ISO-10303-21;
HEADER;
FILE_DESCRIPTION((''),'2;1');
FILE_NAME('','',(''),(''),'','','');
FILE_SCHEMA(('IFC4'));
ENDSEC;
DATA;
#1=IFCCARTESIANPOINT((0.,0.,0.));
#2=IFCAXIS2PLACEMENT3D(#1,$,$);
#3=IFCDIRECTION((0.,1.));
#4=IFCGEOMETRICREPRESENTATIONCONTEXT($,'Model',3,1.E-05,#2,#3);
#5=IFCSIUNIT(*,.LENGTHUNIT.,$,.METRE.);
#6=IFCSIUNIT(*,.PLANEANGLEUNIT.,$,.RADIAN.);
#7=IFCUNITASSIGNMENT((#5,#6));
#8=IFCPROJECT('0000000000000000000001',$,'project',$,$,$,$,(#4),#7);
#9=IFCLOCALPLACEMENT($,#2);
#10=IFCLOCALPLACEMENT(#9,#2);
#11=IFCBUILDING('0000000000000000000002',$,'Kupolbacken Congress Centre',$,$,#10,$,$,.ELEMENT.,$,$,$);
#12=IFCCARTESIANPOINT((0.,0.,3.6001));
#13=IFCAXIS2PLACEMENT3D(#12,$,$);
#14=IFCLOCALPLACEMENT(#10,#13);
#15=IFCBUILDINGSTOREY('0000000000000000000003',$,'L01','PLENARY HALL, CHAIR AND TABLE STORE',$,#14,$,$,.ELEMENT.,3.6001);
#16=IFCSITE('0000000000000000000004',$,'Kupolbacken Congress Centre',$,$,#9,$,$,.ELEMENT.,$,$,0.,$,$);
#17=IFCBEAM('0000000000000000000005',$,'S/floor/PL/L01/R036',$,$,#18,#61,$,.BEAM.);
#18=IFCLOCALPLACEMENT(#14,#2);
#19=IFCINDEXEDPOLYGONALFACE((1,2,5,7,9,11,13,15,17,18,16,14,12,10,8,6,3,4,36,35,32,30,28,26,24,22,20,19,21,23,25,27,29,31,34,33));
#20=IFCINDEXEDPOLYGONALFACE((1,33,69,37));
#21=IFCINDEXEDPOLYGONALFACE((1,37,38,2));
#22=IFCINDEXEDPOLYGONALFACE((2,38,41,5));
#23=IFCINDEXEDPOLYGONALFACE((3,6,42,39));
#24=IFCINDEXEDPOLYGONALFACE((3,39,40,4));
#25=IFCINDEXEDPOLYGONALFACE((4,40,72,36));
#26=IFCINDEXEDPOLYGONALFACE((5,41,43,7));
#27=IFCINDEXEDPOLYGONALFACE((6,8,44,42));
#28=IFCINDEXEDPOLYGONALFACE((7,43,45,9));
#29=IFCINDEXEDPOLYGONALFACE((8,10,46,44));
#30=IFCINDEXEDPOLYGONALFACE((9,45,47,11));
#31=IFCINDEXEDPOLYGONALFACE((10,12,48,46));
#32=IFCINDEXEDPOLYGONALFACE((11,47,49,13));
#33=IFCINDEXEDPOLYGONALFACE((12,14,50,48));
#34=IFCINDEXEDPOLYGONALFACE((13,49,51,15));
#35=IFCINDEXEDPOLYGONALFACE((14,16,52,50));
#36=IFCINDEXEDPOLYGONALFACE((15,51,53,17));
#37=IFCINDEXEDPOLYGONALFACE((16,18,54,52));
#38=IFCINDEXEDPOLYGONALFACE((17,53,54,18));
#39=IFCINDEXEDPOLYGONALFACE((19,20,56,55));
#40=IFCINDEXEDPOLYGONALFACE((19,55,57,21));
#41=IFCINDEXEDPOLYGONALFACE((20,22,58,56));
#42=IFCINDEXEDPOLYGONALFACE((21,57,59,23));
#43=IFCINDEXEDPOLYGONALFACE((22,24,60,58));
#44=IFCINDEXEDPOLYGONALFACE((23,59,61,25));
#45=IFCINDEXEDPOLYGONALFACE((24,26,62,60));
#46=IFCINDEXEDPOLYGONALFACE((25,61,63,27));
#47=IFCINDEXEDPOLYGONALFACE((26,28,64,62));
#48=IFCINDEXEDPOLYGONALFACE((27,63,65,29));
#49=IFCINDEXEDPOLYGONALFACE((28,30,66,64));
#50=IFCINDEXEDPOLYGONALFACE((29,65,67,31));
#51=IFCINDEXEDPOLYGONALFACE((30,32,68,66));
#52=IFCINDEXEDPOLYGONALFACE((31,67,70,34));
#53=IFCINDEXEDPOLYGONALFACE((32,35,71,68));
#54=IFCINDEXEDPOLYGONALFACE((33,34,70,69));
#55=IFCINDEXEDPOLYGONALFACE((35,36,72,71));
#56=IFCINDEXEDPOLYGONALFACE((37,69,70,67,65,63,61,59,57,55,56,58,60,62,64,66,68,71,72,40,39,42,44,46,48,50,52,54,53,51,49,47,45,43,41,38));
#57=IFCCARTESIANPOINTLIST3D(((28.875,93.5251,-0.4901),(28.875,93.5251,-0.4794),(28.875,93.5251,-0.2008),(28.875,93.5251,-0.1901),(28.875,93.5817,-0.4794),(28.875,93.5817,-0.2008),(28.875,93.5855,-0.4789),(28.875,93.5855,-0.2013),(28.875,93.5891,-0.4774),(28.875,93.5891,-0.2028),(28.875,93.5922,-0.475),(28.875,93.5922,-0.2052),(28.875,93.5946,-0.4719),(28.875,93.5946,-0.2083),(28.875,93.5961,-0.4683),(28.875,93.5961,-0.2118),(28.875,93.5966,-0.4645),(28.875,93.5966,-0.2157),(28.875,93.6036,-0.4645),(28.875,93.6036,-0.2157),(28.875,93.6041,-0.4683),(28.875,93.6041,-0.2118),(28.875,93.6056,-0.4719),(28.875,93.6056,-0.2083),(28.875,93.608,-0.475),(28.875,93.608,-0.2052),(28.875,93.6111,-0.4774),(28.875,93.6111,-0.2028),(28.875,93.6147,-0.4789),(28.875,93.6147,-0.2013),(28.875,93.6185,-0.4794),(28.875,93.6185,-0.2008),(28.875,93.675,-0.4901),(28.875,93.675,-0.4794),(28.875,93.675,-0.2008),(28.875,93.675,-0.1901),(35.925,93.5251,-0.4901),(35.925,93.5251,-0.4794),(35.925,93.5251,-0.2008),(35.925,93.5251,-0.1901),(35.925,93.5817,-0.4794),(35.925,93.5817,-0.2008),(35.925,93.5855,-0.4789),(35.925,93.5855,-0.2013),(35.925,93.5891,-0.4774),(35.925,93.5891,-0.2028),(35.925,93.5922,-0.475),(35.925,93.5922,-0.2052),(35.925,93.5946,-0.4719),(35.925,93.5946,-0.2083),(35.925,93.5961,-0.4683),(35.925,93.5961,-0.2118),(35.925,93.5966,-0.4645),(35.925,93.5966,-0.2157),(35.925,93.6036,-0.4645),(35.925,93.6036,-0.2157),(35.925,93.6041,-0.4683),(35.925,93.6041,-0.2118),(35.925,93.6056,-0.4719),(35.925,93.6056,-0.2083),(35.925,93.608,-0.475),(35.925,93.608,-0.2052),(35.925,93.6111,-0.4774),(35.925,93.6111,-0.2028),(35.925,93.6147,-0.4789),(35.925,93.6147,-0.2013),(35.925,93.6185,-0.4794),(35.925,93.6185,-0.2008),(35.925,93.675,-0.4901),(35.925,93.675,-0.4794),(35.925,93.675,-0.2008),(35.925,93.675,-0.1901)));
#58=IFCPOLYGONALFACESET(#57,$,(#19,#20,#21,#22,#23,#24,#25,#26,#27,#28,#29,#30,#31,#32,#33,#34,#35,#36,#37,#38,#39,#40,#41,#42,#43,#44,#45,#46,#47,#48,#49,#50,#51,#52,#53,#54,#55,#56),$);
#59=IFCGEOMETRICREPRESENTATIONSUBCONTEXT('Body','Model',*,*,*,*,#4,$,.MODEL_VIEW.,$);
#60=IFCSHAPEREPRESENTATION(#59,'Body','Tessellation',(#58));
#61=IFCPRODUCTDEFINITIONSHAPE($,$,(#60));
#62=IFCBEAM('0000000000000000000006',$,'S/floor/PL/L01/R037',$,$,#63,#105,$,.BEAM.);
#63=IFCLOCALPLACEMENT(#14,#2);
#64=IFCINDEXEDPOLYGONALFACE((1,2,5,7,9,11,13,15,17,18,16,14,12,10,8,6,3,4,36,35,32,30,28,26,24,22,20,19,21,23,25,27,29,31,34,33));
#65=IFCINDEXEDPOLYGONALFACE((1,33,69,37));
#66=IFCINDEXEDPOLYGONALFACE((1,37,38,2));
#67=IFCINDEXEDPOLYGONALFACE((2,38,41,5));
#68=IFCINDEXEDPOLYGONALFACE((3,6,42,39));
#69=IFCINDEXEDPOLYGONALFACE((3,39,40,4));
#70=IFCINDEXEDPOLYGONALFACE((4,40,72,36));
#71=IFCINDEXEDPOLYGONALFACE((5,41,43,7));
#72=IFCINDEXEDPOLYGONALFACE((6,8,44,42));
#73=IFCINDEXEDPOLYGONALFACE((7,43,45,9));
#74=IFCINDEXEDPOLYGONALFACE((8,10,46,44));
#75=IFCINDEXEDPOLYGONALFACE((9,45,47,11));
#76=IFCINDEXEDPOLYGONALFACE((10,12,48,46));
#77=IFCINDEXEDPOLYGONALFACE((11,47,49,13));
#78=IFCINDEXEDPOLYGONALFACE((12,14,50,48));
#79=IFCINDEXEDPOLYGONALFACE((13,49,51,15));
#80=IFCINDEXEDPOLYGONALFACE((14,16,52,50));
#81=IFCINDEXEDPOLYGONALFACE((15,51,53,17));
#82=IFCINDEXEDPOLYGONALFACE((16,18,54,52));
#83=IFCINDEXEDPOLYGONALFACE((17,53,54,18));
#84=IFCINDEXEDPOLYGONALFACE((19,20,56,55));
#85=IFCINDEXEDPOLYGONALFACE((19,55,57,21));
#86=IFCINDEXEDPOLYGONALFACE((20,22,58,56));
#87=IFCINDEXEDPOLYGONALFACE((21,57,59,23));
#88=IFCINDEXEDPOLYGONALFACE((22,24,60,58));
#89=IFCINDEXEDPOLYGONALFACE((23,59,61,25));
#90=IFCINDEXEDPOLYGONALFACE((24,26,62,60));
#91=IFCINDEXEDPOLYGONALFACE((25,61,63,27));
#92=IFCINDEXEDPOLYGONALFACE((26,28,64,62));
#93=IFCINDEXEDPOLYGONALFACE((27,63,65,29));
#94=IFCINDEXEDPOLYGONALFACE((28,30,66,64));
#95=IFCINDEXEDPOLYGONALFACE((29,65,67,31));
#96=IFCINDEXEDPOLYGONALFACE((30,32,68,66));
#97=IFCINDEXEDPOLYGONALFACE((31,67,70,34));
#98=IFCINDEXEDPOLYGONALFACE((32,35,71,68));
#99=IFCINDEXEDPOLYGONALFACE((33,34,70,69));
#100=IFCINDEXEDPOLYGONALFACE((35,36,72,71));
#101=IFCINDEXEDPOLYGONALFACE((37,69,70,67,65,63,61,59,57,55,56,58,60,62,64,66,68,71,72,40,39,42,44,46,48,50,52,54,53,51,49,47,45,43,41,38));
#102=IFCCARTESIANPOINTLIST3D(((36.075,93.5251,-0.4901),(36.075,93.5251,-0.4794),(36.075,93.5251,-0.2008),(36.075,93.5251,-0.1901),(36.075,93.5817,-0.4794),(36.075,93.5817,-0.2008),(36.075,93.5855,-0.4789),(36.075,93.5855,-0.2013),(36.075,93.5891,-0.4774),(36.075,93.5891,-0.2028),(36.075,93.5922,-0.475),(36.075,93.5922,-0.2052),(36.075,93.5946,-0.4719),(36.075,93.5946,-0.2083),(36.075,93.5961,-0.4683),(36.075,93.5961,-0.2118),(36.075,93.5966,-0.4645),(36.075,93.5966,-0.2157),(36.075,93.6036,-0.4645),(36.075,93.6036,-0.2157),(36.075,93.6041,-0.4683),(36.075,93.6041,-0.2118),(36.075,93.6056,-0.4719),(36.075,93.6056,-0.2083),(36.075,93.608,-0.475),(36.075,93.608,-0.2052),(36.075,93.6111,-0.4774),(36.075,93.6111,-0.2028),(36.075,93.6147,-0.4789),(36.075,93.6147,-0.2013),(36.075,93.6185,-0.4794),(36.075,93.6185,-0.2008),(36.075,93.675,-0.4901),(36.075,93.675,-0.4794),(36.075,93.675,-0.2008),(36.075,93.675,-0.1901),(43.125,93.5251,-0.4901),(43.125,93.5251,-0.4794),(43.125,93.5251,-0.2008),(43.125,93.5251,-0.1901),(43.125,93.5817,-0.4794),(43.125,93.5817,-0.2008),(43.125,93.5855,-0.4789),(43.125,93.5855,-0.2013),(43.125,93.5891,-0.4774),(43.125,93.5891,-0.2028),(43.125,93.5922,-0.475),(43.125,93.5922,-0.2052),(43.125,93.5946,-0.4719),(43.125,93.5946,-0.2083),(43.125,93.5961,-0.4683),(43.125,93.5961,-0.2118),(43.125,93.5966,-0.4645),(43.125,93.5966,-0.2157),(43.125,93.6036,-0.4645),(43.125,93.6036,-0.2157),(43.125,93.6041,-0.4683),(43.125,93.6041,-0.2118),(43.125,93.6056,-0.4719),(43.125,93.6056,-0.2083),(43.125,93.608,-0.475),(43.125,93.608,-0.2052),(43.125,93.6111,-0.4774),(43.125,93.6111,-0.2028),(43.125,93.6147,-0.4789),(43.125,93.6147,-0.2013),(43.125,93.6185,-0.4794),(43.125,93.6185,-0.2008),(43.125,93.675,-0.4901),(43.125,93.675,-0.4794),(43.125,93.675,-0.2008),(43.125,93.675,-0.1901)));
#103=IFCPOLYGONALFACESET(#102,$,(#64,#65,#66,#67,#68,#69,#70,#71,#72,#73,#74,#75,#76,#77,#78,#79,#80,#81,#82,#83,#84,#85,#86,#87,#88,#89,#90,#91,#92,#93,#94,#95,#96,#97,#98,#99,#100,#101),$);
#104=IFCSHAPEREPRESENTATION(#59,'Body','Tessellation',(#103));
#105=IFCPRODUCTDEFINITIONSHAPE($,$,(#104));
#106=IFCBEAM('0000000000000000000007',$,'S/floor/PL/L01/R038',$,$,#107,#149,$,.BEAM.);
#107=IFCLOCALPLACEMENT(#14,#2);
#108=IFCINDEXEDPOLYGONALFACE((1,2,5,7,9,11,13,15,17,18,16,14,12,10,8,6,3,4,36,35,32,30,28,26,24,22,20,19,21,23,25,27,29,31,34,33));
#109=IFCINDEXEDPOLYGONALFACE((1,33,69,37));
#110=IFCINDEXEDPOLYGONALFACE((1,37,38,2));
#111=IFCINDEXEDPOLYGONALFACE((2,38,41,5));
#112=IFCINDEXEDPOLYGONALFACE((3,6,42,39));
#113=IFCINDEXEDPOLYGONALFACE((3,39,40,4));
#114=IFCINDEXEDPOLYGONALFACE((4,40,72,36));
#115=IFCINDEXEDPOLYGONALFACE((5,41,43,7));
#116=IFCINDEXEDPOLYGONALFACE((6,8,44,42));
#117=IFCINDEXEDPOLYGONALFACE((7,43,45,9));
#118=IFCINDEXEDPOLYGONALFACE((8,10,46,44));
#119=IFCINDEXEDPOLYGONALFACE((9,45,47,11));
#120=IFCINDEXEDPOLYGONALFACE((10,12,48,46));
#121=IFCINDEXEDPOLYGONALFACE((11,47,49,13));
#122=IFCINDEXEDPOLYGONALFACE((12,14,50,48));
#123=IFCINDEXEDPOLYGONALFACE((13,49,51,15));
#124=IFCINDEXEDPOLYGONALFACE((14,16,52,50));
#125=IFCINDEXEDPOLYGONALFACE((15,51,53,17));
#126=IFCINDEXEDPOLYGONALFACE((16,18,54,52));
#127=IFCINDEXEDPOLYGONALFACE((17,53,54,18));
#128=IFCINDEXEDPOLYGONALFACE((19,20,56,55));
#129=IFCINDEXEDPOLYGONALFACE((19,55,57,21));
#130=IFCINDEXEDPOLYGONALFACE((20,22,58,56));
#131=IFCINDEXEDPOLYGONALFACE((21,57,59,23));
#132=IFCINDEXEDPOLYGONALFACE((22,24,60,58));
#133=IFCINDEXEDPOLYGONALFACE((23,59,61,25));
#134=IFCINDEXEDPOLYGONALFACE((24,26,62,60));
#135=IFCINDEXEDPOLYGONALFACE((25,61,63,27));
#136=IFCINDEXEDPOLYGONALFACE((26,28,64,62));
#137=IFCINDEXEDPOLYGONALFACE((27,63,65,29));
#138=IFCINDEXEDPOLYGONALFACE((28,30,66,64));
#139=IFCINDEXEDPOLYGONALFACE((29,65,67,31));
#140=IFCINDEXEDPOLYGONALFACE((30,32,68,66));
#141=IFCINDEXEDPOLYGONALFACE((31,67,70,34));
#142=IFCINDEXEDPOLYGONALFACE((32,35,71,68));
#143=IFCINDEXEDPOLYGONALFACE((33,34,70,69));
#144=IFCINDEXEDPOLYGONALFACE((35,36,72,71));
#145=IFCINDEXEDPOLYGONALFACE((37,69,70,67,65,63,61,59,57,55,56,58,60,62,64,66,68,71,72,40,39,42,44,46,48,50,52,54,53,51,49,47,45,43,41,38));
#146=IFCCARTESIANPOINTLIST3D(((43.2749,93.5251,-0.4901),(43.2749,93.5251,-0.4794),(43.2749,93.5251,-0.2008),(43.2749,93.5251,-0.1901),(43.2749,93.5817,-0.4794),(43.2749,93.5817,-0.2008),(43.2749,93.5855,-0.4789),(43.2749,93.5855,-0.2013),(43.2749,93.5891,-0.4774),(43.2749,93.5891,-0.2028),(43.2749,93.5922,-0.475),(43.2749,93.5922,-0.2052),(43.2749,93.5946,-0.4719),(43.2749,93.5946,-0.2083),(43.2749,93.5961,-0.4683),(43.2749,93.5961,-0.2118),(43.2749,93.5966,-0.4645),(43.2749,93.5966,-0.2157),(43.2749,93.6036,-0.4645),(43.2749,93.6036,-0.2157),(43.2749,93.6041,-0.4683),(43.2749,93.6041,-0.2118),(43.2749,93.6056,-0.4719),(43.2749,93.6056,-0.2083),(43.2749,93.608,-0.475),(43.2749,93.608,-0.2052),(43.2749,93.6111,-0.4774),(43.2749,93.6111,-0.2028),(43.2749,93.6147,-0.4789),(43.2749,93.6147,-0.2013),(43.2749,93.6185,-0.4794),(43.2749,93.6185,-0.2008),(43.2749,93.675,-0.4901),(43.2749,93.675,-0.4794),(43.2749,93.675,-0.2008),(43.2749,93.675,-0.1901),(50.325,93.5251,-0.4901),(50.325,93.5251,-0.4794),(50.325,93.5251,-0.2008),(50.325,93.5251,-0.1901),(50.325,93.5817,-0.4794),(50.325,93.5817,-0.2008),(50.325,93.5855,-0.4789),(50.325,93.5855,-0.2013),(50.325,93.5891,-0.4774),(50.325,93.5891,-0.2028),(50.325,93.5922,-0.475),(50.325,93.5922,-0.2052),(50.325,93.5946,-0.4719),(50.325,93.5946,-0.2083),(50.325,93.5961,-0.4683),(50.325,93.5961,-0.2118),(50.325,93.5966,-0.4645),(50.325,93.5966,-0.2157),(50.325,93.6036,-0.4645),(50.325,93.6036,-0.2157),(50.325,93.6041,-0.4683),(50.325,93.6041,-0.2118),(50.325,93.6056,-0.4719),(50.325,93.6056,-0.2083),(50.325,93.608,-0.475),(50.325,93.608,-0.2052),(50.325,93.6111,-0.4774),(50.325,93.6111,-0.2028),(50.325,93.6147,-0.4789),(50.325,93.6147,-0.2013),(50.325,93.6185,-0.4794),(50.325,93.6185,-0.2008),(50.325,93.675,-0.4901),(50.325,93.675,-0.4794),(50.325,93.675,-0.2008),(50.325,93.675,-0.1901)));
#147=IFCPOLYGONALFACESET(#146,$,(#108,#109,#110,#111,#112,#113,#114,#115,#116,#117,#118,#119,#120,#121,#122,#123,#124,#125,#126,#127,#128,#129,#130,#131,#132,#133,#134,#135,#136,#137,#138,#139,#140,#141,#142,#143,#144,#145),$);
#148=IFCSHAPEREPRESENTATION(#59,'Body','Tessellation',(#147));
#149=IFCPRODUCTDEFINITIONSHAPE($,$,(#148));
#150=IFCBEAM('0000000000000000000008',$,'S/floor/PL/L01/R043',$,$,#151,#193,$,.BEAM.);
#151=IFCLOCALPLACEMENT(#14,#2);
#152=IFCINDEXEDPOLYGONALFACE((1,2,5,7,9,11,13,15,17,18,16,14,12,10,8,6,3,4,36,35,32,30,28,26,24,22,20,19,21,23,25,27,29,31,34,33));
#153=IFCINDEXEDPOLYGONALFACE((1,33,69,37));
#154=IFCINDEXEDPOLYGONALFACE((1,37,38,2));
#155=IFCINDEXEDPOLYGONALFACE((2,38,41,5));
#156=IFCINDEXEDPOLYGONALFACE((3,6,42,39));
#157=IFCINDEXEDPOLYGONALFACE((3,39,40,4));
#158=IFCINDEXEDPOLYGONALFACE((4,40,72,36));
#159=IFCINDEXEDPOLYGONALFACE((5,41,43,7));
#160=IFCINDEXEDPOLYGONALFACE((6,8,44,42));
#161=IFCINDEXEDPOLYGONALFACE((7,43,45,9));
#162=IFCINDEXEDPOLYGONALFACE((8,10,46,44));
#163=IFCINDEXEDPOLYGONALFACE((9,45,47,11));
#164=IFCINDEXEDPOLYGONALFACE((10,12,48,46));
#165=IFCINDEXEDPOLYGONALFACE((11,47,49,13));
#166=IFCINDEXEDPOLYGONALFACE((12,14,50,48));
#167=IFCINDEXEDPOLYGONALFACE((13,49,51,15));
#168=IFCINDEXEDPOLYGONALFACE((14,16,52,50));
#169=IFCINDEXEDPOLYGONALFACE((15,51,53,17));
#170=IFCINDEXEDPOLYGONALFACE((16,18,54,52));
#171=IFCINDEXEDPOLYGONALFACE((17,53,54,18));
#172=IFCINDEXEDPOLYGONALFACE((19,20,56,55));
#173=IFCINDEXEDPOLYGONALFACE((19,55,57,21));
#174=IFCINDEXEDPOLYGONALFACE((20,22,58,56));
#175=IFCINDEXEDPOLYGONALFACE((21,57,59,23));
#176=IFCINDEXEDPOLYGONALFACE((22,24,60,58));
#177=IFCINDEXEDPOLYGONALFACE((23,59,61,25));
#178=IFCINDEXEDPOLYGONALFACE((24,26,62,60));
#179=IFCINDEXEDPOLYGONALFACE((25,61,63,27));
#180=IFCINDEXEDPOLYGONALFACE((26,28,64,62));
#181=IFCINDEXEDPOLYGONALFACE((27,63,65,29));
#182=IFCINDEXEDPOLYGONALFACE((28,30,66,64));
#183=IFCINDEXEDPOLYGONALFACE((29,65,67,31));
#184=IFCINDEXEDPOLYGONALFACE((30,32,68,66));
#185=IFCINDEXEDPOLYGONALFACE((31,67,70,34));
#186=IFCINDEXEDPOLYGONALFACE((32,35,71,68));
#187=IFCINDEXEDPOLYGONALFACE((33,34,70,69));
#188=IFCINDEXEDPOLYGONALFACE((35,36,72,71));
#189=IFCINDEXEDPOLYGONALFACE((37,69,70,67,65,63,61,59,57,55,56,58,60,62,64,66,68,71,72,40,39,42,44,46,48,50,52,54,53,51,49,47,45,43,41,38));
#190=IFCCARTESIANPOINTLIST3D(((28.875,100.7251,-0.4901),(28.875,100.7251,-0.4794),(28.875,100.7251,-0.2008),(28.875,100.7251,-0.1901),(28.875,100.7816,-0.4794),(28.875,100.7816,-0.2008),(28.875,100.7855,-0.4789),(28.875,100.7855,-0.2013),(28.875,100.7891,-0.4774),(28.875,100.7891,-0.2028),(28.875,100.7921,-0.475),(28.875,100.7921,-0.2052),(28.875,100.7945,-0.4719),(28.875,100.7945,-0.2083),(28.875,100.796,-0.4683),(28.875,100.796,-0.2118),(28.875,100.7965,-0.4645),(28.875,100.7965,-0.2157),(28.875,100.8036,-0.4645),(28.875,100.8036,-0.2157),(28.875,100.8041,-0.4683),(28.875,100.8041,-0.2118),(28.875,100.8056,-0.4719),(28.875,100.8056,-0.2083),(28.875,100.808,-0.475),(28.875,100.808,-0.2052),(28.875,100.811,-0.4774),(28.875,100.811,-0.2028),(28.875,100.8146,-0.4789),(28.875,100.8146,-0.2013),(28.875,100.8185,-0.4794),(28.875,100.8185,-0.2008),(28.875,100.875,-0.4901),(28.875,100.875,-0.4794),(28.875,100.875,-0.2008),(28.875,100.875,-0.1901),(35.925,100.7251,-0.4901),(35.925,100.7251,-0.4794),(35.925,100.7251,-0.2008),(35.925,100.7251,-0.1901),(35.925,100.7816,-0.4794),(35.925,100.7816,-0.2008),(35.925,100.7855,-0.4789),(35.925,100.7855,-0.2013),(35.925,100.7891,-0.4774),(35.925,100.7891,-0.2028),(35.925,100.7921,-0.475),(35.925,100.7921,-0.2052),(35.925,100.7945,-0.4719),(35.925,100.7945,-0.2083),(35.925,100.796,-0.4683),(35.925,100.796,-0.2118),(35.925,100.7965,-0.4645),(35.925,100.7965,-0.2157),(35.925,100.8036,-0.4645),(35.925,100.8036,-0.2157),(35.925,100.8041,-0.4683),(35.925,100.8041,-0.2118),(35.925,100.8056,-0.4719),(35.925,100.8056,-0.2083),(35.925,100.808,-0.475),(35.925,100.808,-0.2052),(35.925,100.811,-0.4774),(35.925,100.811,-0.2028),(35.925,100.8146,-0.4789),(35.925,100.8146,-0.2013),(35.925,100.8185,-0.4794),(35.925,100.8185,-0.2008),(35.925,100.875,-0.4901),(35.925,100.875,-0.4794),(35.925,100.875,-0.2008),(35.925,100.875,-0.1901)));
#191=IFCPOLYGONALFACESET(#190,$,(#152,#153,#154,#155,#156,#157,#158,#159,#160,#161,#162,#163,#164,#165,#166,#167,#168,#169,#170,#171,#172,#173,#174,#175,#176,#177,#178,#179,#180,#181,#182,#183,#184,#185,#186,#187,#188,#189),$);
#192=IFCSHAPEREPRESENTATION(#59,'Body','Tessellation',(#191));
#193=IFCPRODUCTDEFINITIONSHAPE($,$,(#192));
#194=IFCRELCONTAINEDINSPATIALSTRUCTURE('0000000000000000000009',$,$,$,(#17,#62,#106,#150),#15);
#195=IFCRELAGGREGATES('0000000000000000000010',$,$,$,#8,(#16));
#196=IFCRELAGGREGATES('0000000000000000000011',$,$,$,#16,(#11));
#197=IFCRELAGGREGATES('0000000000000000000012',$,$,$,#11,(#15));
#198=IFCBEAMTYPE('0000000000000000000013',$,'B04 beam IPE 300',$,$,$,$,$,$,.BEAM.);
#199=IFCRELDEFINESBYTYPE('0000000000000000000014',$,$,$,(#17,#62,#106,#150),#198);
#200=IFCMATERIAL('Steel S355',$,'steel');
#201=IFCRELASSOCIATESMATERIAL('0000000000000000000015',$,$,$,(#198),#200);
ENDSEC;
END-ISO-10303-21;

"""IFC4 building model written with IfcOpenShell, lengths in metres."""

from ifc_helpers import new_model, si_unit, direction, frame, origin, origin_2d, place, context, subcontext, project, spatial, i_section, extrude, material, material_profile, profile_set, type_object, element, save


model = new_model("IFC4")

# Units and contexts
model_context = context("Model", 3, precision=1e-05, world=origin(), true_north=direction((0.0, 1.0)))
body_context = subcontext(model_context, "Body", "Model", "MODEL_VIEW")
ifc_project = project(units=[si_unit("LENGTHUNIT", "METRE"), si_unit("PLANEANGLEUNIT", "RADIAN")], contexts=[model_context])

# Site, building, storey
site_placement = place(None, origin())
site = spatial("IfcSite", under=ifc_project, at=site_placement, Name="Kupolbacken Congress Centre", CompositionType="ELEMENT", RefElevation=0.0)
building_placement = place(site_placement, origin())
building = spatial("IfcBuilding", under=site, at=building_placement, Name="Kupolbacken Congress Centre", CompositionType="ELEMENT")
storey_placement = place(building_placement, frame((0.0, 0.0, 3.6001)))
storey = spatial("IfcBuildingStorey", under=building, at=storey_placement, Name="L01", Description="PLENARY HALL, CHAIR AND TABLE STORE", CompositionType="ELEMENT", Elevation=3.6001)

# Beams
ifc_material_1 = material(Name="Steel S355", Category="steel")
ifc_material_profile_1 = material_profile(ifc_material_1, i_section(OverallWidth=0.1499, OverallDepth=0.3, WebThickness=0.0071, FlangeThickness=0.0107, FilletRadius=0.0149, at=origin_2d()), Name="IPE 300")
ifc_profile_set_1 = profile_set([ifc_material_profile_1], Name="Steel S355")
beam_type_1 = type_object("IfcBeamType", Name="B04 beam IPE 300", PredefinedType="BEAM", material=ifc_profile_set_1)
for number, where, z_axis, x_axis, name in (
    (1, (28.875, 93.6001, -0.3401), (1.0, 0.0, 0.0), (0.0, 1.0, 0.0), "S/floor/PL/L01/R036"),
    (2, (36.075, 93.6001, -0.3401), (1.0, 0.0, 0.0), (0.0, 1.0, 0.0), "S/floor/PL/L01/R037"),
    (3, (43.2749, 93.6001, -0.3401), (1.0, 0.0, 0.0), (0.0, 1.0, 0.0), "S/floor/PL/L01/R038"),
    (4, (28.875, 100.8, -0.3401), (1.0, 0.0, 0.0), (0.0, 1.0, 0.0), "S/floor/PL/L01/R043"),
):
    element("IfcBeam", number, at=place(storey_placement, frame(where, z_axis=z_axis, x_axis=x_axis)), inside=storey, type_object=beam_type_1, Name=name, PredefinedType="BEAM", context=body_context, shape_type="SweptSolid", body=[
        extrude(i_section(OverallWidth=0.1499, OverallDepth=0.3, WebThickness=0.0071, FlangeThickness=0.0107, FilletRadius=0.0149, at=origin_2d()), origin(), (0.0, 0.0, 1.0), 7.05),
    ])

save(model, "model.ifc")
